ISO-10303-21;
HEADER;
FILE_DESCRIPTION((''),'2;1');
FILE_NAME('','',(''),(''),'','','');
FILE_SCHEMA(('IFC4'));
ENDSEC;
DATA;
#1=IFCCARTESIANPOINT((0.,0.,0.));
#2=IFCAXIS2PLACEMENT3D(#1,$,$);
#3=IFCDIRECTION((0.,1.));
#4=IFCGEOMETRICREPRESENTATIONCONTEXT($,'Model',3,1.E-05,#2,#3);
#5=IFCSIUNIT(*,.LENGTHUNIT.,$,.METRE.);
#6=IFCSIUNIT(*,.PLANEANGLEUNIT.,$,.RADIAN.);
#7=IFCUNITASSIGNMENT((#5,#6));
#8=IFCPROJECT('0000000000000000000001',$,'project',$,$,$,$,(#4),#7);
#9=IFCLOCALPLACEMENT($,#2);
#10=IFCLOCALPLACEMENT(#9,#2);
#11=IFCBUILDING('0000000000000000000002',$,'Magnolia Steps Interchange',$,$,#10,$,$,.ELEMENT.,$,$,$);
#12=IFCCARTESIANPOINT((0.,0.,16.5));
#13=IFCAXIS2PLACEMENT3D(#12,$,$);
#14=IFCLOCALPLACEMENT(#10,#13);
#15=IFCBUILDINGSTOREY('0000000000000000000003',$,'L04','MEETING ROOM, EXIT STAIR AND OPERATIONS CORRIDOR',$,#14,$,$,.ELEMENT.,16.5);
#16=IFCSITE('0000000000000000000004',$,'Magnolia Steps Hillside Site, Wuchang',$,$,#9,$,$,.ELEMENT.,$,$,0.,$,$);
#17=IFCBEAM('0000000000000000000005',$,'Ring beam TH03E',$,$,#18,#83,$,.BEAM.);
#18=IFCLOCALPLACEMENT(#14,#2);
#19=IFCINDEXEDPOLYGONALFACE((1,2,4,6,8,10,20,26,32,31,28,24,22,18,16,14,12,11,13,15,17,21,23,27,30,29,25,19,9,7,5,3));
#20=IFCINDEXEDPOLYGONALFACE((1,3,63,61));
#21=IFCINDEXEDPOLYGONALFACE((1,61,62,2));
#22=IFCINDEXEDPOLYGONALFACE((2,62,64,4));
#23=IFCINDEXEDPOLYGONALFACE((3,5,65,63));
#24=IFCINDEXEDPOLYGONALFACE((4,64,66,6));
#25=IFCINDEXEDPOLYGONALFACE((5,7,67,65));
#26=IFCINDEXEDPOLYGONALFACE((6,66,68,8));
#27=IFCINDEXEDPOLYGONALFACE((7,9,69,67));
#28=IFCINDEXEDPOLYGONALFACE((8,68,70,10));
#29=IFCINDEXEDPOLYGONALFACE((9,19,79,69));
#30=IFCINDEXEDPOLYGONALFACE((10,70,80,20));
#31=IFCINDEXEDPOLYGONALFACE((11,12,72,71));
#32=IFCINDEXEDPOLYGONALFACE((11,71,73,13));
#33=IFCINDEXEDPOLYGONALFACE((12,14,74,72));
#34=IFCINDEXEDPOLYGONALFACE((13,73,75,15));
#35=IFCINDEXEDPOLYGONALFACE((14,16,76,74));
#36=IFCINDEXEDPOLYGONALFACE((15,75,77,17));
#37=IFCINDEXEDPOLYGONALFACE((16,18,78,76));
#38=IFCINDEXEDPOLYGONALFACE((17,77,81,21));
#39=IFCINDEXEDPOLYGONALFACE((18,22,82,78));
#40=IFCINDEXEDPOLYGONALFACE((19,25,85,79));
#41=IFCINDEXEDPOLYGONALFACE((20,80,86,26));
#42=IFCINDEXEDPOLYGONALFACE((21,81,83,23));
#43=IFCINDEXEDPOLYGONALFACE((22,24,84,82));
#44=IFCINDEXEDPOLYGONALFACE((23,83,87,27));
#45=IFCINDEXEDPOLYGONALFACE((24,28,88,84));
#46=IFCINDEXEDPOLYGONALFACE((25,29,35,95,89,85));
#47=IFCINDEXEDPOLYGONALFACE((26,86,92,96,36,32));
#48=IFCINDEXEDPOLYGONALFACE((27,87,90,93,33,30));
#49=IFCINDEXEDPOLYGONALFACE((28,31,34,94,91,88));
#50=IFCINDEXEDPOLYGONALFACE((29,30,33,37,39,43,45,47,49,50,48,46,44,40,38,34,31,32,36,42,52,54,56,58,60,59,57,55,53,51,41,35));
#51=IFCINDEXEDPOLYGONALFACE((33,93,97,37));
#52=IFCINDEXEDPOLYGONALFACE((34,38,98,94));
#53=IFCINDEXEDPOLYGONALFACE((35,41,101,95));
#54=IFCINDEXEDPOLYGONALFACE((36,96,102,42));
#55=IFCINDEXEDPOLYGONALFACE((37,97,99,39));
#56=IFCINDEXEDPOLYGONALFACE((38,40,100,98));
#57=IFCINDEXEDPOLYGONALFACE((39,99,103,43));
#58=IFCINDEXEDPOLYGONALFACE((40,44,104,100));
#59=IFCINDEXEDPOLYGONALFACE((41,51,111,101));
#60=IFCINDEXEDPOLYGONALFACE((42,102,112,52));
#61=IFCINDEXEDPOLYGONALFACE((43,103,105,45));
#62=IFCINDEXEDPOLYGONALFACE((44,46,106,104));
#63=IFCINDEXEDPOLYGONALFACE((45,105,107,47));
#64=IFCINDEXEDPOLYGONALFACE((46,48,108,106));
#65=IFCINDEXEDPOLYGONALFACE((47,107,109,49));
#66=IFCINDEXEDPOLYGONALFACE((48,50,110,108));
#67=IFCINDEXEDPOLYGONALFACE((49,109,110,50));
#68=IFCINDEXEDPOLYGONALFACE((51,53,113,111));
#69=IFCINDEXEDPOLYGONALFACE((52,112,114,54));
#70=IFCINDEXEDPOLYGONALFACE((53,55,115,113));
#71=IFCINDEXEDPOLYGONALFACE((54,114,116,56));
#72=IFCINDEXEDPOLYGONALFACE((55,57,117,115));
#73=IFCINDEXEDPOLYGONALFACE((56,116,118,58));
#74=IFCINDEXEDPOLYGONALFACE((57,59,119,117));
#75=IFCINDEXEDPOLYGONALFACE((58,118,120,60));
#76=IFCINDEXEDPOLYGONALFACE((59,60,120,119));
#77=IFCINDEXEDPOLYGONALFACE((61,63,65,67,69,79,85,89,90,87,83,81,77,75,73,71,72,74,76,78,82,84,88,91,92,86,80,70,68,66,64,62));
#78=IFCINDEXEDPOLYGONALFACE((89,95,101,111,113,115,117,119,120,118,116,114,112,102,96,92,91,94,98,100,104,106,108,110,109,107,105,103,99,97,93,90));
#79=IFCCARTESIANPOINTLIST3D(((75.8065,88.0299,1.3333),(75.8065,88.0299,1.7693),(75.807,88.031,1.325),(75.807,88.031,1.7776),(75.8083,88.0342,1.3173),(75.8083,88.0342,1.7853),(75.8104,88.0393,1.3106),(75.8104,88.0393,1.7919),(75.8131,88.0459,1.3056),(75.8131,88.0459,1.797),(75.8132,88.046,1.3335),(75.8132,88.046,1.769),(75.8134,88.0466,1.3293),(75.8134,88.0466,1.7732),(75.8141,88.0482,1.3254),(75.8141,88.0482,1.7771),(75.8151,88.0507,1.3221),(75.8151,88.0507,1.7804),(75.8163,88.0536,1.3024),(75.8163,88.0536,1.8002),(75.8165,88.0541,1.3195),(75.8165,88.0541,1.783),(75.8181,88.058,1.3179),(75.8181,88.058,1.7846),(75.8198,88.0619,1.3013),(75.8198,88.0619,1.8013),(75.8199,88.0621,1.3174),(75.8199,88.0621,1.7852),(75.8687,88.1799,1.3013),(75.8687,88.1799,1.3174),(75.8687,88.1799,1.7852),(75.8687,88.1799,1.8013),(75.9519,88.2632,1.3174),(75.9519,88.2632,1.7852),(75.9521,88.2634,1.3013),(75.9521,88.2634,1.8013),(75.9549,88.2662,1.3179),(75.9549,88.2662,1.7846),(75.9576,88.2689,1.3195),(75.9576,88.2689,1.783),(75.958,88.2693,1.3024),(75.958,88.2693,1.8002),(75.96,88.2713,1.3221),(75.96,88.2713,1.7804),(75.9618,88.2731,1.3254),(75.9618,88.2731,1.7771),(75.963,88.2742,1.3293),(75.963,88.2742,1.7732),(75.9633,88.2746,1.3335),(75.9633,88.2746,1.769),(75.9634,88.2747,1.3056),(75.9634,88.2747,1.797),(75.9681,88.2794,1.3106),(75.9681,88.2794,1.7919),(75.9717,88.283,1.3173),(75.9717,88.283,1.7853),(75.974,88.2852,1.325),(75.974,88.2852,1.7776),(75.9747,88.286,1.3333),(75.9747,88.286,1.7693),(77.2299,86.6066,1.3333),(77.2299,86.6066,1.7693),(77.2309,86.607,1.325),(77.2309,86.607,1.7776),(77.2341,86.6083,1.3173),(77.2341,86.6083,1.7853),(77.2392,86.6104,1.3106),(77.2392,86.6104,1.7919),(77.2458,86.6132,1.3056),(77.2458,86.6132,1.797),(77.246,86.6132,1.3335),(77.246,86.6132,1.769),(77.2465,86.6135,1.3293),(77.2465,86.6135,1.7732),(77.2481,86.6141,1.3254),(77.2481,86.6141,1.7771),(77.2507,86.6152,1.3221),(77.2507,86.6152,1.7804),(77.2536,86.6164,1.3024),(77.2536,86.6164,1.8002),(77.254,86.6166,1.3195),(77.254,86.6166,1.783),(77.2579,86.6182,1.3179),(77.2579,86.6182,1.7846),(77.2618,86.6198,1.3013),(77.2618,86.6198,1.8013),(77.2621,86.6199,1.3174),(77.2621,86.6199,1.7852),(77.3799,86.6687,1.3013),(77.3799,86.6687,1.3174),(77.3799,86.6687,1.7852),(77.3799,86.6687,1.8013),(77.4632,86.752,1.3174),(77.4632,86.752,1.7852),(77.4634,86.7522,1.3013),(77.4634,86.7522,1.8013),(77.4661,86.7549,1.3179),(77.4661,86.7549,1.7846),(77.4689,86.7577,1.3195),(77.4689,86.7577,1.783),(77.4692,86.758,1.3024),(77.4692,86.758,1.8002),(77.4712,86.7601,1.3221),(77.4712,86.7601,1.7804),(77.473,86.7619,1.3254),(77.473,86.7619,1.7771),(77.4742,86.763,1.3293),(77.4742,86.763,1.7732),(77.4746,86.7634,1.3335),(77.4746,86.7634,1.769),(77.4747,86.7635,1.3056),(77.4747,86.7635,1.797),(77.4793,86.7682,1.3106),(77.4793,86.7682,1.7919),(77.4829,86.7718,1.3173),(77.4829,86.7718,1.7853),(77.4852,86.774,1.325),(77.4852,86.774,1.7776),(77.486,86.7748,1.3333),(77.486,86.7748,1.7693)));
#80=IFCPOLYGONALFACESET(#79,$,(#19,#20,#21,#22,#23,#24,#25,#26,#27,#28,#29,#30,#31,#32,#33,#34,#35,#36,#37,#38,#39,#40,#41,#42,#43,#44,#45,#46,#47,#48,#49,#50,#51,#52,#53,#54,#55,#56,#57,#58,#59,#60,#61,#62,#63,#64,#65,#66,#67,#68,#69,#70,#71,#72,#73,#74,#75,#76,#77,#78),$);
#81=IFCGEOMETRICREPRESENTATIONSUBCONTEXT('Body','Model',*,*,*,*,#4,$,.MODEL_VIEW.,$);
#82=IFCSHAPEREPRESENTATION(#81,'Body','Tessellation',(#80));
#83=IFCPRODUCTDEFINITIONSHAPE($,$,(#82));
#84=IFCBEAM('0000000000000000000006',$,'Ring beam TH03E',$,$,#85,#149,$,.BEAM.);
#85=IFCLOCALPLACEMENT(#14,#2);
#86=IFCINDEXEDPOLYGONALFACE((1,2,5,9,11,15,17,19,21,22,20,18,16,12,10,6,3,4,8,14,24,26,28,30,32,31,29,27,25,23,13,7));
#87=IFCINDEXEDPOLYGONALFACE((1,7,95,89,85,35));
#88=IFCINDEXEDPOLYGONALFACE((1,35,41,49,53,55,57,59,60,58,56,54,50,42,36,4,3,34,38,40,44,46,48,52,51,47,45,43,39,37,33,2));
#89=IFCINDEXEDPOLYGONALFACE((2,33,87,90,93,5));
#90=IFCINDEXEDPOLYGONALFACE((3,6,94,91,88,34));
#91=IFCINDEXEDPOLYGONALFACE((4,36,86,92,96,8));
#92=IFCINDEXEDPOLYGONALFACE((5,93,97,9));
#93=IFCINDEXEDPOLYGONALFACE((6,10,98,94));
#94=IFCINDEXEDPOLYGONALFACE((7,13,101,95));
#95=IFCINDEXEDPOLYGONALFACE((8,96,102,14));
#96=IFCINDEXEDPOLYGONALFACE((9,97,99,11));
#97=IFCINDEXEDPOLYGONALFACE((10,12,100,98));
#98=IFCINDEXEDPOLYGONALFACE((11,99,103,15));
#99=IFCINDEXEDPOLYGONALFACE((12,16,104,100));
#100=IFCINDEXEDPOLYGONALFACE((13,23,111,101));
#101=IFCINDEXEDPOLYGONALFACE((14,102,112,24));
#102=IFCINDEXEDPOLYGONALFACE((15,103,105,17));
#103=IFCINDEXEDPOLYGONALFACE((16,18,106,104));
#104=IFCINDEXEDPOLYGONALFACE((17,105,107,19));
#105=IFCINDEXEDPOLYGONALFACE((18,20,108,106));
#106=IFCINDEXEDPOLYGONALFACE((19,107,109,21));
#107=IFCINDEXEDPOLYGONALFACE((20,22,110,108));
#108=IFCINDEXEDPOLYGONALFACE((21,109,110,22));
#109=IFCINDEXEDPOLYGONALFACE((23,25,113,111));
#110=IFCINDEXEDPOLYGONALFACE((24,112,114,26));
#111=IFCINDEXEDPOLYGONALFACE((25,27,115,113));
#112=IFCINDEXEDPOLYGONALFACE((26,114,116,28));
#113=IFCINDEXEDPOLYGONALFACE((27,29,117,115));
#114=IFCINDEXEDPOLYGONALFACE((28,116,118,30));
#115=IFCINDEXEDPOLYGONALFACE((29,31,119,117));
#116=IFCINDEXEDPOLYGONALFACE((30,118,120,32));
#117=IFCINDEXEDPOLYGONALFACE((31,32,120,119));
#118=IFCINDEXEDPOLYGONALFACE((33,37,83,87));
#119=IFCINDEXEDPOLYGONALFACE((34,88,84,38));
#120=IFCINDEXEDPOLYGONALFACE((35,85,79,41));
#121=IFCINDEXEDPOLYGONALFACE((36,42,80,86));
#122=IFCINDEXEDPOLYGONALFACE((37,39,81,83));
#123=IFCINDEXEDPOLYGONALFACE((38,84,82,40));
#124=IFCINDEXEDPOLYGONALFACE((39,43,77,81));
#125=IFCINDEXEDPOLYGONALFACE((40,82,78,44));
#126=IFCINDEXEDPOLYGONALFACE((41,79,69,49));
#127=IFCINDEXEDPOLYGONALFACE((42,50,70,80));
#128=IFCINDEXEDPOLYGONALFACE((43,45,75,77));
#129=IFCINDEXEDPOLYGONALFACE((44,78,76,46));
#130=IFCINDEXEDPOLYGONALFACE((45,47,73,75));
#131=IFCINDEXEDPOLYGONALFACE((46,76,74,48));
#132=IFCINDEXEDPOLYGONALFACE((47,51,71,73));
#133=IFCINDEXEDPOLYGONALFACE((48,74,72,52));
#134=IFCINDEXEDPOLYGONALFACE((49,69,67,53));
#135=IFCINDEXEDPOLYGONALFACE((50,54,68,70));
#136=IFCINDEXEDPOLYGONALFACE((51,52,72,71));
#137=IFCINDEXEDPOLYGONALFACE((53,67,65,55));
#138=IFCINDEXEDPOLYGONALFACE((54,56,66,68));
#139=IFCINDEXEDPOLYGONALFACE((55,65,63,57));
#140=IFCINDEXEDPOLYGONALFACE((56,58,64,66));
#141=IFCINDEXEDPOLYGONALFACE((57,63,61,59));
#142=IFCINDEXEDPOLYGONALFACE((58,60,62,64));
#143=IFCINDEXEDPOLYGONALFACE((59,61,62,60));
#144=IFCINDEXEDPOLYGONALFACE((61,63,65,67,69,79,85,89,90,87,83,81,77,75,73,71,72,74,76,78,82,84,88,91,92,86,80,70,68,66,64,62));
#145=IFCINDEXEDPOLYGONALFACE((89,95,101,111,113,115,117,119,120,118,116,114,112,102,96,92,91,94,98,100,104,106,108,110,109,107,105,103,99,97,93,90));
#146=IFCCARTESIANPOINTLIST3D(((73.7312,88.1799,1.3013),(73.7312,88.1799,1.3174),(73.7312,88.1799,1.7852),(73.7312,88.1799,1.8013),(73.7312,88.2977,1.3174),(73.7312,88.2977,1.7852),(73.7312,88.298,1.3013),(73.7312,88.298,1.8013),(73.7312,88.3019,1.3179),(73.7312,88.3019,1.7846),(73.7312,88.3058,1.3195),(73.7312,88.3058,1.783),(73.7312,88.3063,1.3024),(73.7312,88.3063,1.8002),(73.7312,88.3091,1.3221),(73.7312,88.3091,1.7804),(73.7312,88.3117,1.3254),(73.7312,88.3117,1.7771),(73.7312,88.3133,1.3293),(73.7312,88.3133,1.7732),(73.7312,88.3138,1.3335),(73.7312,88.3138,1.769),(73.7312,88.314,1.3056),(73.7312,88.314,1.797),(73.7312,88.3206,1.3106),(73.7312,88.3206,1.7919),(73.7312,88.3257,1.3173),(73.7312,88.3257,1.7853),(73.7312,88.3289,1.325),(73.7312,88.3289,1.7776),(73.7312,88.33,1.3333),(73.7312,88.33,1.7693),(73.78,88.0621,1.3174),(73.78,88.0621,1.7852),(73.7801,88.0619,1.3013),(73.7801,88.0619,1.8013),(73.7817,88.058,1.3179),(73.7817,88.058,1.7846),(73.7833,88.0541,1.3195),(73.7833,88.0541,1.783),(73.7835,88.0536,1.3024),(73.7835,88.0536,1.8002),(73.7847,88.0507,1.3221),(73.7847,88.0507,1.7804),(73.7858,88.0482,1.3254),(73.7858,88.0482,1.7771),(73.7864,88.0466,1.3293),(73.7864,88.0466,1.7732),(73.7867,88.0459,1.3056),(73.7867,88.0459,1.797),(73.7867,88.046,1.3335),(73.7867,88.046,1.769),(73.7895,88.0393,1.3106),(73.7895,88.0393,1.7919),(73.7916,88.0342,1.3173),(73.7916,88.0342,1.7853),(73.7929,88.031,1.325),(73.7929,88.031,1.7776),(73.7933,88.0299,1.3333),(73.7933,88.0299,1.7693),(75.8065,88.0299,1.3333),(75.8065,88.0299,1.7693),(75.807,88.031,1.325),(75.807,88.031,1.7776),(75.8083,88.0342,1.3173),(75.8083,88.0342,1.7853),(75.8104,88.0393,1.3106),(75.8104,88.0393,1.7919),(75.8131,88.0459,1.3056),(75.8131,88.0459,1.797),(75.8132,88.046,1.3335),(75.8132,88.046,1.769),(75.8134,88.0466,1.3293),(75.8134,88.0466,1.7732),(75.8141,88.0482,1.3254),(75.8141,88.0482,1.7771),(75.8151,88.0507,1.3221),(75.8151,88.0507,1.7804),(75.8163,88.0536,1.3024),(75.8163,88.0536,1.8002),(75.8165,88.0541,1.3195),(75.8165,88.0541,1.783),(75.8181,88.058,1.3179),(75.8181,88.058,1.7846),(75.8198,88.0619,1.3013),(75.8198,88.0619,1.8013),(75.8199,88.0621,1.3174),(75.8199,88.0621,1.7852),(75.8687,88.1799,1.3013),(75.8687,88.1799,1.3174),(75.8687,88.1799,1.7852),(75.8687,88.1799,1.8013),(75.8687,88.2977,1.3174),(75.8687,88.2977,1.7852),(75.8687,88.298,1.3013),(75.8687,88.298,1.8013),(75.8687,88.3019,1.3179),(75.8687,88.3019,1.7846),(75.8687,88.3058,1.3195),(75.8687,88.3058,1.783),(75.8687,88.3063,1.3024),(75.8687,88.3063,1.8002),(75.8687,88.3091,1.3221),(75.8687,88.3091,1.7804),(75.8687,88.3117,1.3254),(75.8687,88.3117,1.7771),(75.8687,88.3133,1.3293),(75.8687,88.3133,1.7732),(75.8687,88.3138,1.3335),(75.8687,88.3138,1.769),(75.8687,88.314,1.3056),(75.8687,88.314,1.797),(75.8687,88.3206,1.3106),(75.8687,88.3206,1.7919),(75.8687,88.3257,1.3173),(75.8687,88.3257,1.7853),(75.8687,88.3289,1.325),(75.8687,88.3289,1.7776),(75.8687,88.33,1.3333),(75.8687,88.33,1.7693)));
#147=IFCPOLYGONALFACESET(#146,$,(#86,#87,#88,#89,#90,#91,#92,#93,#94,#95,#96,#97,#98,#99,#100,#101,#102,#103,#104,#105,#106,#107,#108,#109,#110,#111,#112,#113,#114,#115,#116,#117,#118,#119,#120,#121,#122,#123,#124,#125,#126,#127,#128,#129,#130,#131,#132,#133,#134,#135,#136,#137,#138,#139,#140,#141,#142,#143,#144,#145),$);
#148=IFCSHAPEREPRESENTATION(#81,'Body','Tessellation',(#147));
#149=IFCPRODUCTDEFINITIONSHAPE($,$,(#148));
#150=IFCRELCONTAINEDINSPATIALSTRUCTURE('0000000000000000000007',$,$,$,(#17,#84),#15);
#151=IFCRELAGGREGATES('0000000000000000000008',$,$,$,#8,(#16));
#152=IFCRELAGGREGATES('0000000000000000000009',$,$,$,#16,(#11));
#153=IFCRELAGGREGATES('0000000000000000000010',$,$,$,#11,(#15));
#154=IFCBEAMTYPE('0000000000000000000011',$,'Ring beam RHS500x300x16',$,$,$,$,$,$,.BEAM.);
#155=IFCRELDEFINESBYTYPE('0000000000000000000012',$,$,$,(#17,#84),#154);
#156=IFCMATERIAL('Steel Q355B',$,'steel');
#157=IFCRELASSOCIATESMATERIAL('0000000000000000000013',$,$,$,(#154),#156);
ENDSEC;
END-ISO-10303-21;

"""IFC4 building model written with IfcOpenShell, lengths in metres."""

from ifc_helpers import new_model, si_unit, direction, frame, origin, origin_2d, place, context, subcontext, project, spatial, hollow_rectangle, extrude, clip, halfspace, material, material_profile, profile_set, type_object, element, save


model = new_model("IFC4")

# Units and contexts
model_context = context("Model", 3, precision=1e-05, world=origin(), true_north=direction((0.0, 1.0)))
body_context = subcontext(model_context, "Body", "Model", "MODEL_VIEW")
ifc_project = project(units=[si_unit("LENGTHUNIT", "METRE"), si_unit("PLANEANGLEUNIT", "RADIAN")], contexts=[model_context])

# Site, building, storey
site_placement = place(None, origin())
site = spatial("IfcSite", under=ifc_project, at=site_placement, Name="Magnolia Steps Hillside Site, Wuchang", CompositionType="ELEMENT", RefElevation=0.0)
building_placement = place(site_placement, origin())
building = spatial("IfcBuilding", under=site, at=building_placement, Name="Magnolia Steps Interchange", CompositionType="ELEMENT")
storey_placement = place(building_placement, frame((0.0, 0.0, 16.5)))
storey = spatial("IfcBuildingStorey", under=building, at=storey_placement, Name="L04", Description="MEETING ROOM, EXIT STAIR AND OPERATIONS CORRIDOR", CompositionType="ELEMENT", Elevation=16.5)

# Beams
ifc_material_1 = material(Name="Steel Q355B", Category="steel")
ifc_material_profile_1 = material_profile(ifc_material_1, hollow_rectangle(XDim=0.3, YDim=0.5, WallThickness=0.0161, InnerFilletRadius=0.0161, OuterFilletRadius=0.032, at=origin_2d()), Name="RHS500x300x16")
ifc_profile_set_1 = profile_set([ifc_material_profile_1], Name="Steel Q355B")
beam_type_1 = type_object("IfcBeamType", Name="Ring beam RHS500x300x16", PredefinedType="BEAM", material=ifc_profile_set_1)
beam_1_placement = place(storey_placement, frame((77.3799, 86.6687, 1.5513), z_axis=(-0.707107, 0.707107, 0.0), x_axis=(-0.707107, -0.707107, 0.0)))
element("IfcBeam", 1, at=beam_1_placement, inside=storey, type_object=beam_type_1, Name="Ring beam TH03E", PredefinedType="BEAM", context=body_context, shape_type="Clipping", body=[
    clip(clip(extrude(hollow_rectangle(XDim=0.3, YDim=0.5, WallThickness=0.0161, InnerFilletRadius=0.0161, OuterFilletRadius=0.032, at=origin_2d()), origin(), (0.0, 0.0, 1.0), 2.1372), halfspace(frame((0.0, 0.0, 0.0), z_axis=(0.382683, 0.0, -0.92388), x_axis=(0.92388, 0.0, 0.382683)), False)), halfspace(frame((0.0, 0.0, 2.1372), z_axis=(0.382683, 0.0, 0.92388), x_axis=(0.92388, 0.0, -0.382683)), False)),
])
beam_2_placement = place(storey_placement, frame((75.8687, 88.1799, 1.5513), z_axis=(-1.0, 0.0, 0.0), x_axis=(0.0, -1.0, 0.0)))
element("IfcBeam", 2, at=beam_2_placement, inside=storey, type_object=beam_type_1, Name="Ring beam TH03E", PredefinedType="BEAM", context=body_context, shape_type="Clipping", body=[
    clip(clip(extrude(hollow_rectangle(XDim=0.3, YDim=0.5, WallThickness=0.0161, InnerFilletRadius=0.0161, OuterFilletRadius=0.032, at=origin_2d()), origin(), (0.0, 0.0, 1.0), 2.1375), halfspace(frame((0.0, 0.0, 0.0), z_axis=(0.382683, 0.0, -0.92388), x_axis=(0.92388, 0.0, 0.382683)), False)), halfspace(frame((0.0, 0.0, 2.1375), z_axis=(0.382683, 0.0, 0.92388), x_axis=(0.92388, 0.0, -0.382683)), False)),
])

save(model, "model.ifc")
